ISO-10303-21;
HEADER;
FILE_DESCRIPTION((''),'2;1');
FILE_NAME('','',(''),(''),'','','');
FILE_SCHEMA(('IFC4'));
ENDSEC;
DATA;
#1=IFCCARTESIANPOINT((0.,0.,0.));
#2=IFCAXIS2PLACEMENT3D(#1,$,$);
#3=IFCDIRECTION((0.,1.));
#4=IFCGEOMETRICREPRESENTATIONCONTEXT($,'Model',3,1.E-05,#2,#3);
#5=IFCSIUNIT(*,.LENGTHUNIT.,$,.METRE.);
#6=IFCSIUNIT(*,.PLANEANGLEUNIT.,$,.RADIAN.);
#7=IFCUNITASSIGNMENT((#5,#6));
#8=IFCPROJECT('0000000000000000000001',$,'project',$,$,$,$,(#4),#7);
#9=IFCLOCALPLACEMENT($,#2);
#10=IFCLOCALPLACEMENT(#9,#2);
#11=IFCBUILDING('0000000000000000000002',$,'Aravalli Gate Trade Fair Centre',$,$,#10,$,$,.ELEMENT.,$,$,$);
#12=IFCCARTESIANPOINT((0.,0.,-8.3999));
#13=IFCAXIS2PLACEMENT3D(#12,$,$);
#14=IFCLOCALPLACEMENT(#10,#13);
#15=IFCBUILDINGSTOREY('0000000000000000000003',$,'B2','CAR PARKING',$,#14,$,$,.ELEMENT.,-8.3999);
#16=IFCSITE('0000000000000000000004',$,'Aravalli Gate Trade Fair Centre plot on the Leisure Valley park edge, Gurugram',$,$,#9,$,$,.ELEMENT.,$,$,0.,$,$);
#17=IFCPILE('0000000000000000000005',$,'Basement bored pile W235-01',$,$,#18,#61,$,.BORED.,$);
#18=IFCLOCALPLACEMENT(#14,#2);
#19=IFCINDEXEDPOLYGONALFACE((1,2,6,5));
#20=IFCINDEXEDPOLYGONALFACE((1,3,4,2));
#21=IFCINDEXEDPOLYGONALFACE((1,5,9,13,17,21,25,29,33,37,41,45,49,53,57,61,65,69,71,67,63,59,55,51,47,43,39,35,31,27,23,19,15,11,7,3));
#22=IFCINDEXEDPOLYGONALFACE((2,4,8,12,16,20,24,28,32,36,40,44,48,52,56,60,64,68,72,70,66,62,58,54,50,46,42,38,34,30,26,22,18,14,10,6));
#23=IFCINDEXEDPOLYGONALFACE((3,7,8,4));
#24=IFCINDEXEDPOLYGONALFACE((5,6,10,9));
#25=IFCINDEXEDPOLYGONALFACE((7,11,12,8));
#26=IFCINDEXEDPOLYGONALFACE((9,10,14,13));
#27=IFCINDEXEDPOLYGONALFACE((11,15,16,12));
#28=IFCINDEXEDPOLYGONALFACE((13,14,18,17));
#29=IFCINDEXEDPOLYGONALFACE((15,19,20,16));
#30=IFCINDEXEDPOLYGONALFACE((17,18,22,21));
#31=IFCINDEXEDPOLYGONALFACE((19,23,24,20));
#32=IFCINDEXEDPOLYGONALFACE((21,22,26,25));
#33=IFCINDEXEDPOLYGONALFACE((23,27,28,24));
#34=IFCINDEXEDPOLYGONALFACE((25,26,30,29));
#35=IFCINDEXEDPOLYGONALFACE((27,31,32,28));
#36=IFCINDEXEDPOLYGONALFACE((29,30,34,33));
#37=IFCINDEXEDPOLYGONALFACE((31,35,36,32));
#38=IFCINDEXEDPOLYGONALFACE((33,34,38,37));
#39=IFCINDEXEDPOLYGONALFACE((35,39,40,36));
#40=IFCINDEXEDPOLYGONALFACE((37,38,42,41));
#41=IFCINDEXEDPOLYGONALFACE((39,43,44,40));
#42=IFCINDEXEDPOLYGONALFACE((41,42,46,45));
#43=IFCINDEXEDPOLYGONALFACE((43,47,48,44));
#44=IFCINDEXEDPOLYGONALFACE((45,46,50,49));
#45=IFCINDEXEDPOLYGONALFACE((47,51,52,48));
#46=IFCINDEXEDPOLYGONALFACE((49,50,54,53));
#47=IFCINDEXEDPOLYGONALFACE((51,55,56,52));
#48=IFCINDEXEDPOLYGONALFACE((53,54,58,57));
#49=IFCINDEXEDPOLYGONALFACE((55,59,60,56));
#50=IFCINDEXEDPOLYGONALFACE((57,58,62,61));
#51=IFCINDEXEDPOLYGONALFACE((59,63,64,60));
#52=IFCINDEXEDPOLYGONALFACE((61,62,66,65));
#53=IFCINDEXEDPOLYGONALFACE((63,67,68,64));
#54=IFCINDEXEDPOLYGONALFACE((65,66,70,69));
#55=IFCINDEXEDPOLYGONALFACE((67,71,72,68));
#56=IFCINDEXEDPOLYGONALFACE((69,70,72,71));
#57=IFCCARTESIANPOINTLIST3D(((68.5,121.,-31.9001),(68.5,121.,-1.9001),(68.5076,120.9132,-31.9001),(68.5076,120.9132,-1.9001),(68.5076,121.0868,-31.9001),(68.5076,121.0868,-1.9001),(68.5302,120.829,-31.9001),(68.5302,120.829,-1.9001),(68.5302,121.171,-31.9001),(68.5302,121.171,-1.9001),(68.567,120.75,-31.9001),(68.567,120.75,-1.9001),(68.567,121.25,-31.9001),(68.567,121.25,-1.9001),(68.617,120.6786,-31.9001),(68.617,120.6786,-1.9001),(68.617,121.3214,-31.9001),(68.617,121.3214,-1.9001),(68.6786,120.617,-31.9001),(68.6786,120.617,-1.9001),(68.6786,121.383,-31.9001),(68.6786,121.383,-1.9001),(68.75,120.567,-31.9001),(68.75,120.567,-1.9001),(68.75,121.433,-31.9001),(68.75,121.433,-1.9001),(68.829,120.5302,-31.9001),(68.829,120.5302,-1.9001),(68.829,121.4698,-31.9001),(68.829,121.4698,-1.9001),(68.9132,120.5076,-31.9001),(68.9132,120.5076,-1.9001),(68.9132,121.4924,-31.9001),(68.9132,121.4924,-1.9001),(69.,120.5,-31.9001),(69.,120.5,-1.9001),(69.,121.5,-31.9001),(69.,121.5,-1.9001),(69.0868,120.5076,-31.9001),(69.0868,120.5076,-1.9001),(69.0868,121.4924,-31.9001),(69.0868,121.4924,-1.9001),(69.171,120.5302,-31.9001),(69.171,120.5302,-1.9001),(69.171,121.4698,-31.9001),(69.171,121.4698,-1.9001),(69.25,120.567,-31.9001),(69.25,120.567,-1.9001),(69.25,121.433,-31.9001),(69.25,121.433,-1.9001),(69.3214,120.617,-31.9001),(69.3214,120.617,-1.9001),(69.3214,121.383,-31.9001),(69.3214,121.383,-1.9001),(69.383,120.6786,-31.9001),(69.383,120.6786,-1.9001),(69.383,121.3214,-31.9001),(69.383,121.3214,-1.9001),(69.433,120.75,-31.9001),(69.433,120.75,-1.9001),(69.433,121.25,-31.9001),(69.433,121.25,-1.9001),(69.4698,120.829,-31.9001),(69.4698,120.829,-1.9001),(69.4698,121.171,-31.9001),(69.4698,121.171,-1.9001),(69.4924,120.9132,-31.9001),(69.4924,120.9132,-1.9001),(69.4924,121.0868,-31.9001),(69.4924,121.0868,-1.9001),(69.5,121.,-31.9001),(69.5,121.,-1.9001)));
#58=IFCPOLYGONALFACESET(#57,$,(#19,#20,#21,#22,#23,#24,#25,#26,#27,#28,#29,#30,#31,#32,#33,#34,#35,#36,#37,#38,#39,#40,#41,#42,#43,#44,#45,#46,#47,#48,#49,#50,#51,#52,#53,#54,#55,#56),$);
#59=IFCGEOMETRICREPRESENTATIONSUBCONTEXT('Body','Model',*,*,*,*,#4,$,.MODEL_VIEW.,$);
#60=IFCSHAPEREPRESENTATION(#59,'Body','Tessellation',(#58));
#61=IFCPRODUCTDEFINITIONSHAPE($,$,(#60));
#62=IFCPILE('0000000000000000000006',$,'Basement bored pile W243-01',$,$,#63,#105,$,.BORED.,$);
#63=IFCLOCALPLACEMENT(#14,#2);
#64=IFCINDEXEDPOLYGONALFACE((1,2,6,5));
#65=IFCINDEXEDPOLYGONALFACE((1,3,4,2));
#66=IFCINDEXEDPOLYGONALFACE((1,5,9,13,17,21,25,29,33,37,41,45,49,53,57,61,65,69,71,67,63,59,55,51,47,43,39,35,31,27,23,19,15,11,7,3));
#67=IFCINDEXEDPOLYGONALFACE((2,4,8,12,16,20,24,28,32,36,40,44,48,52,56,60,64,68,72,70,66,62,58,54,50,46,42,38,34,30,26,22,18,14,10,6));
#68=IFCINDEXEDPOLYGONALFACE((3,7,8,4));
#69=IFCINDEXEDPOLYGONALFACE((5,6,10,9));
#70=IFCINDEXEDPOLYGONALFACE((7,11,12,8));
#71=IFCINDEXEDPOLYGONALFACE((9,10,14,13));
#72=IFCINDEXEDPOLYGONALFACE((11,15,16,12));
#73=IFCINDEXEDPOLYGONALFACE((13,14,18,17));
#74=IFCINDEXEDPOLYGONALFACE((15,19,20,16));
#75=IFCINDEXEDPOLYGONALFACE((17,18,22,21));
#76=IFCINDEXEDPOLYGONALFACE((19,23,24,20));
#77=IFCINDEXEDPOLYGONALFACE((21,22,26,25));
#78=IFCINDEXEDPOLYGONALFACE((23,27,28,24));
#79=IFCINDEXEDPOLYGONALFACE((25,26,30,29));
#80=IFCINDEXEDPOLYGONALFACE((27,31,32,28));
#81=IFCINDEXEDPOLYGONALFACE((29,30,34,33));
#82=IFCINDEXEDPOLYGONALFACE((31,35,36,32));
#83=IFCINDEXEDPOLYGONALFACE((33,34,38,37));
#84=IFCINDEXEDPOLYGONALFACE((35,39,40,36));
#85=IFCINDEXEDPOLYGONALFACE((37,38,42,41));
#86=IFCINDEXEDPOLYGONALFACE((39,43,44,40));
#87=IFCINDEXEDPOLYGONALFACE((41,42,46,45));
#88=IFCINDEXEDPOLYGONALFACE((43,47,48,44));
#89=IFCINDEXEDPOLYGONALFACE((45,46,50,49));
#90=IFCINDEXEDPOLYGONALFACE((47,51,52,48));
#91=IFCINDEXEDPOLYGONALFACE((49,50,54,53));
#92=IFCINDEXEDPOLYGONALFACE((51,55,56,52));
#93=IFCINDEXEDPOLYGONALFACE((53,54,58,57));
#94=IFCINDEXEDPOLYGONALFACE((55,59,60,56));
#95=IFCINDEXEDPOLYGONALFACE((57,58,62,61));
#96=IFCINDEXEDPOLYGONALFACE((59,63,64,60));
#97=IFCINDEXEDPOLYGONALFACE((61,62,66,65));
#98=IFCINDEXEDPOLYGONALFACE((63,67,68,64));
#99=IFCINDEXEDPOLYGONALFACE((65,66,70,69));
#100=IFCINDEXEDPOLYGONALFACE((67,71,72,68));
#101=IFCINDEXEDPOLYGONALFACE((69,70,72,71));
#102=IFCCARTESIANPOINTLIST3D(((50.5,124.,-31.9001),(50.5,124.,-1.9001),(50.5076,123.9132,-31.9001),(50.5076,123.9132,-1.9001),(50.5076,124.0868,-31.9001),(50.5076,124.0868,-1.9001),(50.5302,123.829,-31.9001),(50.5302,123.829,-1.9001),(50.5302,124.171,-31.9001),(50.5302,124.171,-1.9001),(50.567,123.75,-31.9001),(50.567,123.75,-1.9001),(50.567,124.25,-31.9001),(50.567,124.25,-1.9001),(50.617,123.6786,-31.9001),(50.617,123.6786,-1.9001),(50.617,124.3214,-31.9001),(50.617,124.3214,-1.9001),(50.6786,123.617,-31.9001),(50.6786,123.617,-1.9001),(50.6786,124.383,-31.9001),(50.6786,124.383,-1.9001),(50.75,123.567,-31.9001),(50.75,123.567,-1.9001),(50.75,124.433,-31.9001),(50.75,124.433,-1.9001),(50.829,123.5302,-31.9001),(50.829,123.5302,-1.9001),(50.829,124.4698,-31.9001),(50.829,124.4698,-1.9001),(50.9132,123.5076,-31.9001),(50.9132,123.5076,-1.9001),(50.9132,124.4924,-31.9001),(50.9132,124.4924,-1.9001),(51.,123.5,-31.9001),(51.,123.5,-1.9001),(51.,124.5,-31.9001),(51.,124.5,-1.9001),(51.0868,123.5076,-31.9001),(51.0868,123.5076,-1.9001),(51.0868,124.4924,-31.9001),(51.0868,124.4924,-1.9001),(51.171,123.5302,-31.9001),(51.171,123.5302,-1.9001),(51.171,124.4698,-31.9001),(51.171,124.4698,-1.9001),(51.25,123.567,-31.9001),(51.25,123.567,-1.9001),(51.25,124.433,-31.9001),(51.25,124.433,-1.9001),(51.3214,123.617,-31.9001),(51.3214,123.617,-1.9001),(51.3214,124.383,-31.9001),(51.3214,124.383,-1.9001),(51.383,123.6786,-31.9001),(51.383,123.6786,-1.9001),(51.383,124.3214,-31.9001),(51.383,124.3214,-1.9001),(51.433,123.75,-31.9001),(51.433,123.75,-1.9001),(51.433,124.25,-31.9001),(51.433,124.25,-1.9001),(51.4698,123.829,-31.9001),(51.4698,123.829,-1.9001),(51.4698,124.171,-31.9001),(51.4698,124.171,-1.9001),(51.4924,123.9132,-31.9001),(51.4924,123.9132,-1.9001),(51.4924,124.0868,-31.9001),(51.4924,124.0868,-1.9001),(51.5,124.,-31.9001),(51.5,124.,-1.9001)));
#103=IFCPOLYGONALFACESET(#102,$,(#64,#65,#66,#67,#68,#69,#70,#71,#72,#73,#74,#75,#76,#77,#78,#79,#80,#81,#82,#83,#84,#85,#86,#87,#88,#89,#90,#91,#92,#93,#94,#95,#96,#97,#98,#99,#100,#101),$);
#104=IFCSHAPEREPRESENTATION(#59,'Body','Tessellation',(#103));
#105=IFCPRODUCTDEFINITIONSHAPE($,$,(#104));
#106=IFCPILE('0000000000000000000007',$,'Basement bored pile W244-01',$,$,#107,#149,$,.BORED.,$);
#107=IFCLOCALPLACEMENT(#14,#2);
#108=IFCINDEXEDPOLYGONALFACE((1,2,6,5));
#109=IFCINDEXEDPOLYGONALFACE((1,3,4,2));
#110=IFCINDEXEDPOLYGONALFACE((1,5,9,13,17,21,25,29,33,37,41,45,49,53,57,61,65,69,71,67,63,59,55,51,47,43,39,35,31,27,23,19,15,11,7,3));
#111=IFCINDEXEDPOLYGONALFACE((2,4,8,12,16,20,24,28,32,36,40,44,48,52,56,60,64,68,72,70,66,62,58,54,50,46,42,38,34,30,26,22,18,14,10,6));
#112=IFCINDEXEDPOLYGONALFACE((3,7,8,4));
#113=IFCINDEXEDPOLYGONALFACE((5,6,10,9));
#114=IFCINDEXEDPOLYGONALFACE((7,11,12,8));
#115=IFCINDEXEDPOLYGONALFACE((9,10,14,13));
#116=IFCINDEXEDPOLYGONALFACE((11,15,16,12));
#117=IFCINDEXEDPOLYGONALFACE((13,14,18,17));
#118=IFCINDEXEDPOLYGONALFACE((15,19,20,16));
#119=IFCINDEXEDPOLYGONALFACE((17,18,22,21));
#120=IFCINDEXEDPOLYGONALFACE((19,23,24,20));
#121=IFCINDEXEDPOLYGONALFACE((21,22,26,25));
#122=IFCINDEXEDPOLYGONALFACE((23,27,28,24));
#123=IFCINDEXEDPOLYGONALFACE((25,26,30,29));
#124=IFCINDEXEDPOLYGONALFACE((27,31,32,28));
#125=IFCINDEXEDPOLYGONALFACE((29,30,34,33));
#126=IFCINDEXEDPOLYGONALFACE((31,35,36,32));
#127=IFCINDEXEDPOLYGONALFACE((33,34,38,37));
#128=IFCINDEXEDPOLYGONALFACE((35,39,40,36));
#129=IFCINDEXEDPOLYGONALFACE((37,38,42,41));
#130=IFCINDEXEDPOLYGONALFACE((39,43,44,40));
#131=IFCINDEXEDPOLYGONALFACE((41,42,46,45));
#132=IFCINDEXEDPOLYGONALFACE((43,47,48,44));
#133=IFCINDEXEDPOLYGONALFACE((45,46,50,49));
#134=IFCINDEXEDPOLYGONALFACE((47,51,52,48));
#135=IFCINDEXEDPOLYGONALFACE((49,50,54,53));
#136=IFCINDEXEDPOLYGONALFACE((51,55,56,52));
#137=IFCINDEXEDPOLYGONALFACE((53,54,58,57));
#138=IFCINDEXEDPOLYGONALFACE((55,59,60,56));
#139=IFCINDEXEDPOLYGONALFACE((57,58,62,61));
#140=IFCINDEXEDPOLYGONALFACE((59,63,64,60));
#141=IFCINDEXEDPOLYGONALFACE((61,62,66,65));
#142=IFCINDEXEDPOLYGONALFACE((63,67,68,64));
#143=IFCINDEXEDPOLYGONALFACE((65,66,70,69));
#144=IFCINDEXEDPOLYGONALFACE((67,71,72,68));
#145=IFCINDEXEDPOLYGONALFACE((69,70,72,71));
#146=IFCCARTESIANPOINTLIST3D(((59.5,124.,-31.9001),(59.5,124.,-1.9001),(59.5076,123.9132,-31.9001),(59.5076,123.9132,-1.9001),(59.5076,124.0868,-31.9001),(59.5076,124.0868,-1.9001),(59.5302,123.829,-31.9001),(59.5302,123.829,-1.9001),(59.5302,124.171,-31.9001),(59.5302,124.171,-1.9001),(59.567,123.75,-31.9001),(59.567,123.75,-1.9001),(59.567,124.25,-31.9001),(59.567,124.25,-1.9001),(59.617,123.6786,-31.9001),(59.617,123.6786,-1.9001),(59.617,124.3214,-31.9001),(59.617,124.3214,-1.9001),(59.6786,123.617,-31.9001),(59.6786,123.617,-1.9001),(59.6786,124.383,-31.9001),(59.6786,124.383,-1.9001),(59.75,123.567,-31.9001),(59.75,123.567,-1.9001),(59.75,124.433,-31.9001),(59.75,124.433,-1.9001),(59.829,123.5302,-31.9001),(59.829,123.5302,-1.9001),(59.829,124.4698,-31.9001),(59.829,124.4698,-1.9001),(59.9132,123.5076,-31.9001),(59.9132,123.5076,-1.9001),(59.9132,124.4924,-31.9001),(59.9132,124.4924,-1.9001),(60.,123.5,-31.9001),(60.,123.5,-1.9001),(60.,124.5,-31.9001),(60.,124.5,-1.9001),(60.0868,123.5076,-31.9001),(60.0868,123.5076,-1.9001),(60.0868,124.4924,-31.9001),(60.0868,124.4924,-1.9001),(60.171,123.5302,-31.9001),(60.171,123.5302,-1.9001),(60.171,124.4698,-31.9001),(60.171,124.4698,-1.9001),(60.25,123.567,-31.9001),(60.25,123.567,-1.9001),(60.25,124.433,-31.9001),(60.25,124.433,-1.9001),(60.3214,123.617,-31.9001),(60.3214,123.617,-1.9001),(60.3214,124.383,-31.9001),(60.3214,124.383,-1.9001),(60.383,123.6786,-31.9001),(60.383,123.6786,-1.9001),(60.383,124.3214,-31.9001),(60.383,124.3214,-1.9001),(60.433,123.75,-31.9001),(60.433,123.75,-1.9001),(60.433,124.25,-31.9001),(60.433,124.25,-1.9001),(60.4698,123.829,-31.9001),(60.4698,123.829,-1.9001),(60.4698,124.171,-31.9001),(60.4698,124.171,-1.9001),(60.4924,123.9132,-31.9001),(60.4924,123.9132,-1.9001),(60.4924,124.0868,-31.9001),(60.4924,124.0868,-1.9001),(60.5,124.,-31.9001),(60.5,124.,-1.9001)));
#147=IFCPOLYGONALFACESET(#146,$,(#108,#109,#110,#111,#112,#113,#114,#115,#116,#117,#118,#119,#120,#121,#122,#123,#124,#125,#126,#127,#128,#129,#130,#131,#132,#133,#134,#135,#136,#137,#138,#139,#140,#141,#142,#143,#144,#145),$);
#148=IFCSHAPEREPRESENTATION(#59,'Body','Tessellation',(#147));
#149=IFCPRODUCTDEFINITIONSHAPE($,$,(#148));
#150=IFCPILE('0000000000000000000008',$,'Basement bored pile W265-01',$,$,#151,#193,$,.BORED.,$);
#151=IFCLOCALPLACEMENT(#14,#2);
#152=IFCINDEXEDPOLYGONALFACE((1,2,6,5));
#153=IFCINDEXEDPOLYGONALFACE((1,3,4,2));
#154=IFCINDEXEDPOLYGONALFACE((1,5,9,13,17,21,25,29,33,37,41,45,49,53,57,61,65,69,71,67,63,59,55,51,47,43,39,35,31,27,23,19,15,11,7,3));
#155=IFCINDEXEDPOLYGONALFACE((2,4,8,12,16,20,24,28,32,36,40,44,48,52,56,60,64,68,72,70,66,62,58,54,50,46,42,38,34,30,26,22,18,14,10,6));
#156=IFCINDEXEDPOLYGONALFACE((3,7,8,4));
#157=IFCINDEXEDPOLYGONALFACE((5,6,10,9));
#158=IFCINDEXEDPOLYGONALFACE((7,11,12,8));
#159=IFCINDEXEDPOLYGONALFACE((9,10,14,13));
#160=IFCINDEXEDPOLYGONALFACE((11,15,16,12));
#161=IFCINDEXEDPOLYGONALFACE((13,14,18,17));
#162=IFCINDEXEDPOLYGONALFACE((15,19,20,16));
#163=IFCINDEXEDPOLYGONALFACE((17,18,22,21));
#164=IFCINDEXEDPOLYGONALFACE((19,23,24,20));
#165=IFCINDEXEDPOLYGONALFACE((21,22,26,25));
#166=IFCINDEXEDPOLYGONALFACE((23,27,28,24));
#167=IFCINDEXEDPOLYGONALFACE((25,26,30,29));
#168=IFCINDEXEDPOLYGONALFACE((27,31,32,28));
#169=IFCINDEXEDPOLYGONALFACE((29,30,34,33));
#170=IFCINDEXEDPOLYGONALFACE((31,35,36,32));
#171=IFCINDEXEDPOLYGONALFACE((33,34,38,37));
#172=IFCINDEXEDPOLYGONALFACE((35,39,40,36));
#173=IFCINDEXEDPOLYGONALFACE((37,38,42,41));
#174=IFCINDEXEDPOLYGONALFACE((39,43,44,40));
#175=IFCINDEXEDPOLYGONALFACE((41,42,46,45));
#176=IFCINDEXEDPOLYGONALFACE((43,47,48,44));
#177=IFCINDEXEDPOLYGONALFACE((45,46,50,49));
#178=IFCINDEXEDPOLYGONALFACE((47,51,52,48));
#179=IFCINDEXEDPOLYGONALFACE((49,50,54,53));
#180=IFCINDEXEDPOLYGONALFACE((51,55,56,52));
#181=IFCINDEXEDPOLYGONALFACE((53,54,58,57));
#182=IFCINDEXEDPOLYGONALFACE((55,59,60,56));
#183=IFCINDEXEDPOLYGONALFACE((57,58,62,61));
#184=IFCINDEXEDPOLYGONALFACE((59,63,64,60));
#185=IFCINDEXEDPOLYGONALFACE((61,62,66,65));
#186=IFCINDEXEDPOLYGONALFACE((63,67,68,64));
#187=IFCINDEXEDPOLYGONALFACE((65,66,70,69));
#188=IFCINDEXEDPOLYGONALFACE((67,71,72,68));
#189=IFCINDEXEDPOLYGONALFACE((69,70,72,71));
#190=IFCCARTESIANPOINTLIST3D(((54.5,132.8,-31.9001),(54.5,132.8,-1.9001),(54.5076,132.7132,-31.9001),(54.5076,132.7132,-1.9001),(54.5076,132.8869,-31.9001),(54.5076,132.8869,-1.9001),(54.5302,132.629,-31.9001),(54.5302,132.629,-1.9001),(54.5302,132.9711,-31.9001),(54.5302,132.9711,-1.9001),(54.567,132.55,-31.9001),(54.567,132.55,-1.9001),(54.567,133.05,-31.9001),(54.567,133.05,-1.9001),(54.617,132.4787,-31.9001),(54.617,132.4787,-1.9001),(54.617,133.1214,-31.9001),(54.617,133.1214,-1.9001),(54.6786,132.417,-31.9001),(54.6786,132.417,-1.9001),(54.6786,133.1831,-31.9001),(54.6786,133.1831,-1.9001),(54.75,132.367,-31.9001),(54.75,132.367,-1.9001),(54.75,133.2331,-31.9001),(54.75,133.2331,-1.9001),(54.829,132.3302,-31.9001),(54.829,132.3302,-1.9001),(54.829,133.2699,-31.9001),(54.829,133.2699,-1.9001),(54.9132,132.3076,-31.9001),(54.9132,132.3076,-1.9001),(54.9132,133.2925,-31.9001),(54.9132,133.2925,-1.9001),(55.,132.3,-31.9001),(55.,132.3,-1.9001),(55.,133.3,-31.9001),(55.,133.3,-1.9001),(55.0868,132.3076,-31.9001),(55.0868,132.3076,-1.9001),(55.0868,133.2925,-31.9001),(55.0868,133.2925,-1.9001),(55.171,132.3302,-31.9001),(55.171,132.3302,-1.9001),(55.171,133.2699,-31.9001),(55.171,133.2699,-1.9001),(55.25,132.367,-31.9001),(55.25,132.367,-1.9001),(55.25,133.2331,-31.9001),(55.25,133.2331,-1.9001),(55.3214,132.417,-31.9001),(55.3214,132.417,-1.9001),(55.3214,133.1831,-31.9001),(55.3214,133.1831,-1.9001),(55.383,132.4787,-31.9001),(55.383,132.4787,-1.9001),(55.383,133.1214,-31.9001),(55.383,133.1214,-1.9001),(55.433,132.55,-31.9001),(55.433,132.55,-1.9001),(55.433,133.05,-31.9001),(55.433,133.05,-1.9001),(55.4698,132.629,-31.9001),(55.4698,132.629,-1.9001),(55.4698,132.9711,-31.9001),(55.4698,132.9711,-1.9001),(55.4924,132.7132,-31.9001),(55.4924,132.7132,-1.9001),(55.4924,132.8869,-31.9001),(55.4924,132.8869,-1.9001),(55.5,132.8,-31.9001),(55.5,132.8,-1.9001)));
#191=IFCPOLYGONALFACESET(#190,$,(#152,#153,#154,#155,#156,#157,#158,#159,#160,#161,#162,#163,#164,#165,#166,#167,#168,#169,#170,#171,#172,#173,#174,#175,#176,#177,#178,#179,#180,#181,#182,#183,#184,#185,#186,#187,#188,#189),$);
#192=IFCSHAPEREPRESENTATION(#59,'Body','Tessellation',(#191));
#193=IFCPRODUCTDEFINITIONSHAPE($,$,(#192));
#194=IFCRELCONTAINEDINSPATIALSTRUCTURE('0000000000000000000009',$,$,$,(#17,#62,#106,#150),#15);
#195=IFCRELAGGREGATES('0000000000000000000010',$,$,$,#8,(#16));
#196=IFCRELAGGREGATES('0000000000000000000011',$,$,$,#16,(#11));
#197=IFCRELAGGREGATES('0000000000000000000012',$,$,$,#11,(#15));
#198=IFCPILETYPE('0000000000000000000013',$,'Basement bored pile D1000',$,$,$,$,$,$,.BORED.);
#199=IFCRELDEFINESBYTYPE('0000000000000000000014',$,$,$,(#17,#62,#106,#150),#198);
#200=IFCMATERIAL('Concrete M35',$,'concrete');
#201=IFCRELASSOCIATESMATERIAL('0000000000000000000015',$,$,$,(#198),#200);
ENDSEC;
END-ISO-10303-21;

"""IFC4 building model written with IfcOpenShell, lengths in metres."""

from ifc_helpers import new_model, si_unit, direction, frame, origin, origin_2d, place, context, subcontext, project, spatial, circle, extrude, material, material_profile, profile_set, type_object, element, save


model = new_model("IFC4")

# Units and contexts
model_context = context("Model", 3, precision=1e-05, world=origin(), true_north=direction((0.0, 1.0)))
body_context = subcontext(model_context, "Body", "Model", "MODEL_VIEW")
ifc_project = project(units=[si_unit("LENGTHUNIT", "METRE"), si_unit("PLANEANGLEUNIT", "RADIAN")], contexts=[model_context])

# Site, building, storey
site_placement = place(None, origin())
site = spatial("IfcSite", under=ifc_project, at=site_placement, Name="Aravalli Gate Trade Fair Centre plot on the Leisure Valley park edge, Gurugram", CompositionType="ELEMENT", RefElevation=0.0)
building_placement = place(site_placement, origin())
building = spatial("IfcBuilding", under=site, at=building_placement, Name="Aravalli Gate Trade Fair Centre", CompositionType="ELEMENT")
storey_placement = place(building_placement, frame((0.0, 0.0, -8.3999)))
storey = spatial("IfcBuildingStorey", under=building, at=storey_placement, Name="B2", Description="CAR PARKING", CompositionType="ELEMENT", Elevation=-8.3999)

# Piles
ifc_material_1 = material(Name="Concrete M35", Category="concrete")
ifc_material_profile_1 = material_profile(ifc_material_1, circle(Radius=0.5, at=origin_2d()), Name="D1000")
ifc_profile_set_1 = profile_set([ifc_material_profile_1], Name="Concrete M35")
pile_type = type_object("IfcPileType", Name="Basement bored pile D1000", PredefinedType="BORED", material=ifc_profile_set_1)
for number, where, z_axis, x_axis, name in (
    (1, (69.0, 121.0, -1.9001), (0.0, 0.0, -1.0), (1.0, 0.0, 0.0), "Basement bored pile W235-01"),
    (2, (51.0, 124.0, -1.9001), (0.0, 0.0, -1.0), (1.0, 0.0, 0.0), "Basement bored pile W243-01"),
    (3, (60.0, 124.0, -1.9001), (0.0, 0.0, -1.0), (1.0, 0.0, 0.0), "Basement bored pile W244-01"),
    (4, (55.0, 132.8, -1.9001), (0.0, 0.0, -1.0), (1.0, 0.0, 0.0), "Basement bored pile W265-01"),
):
    element("IfcPile", number, at=place(storey_placement, frame(where, z_axis=z_axis, x_axis=x_axis)), inside=storey, type_object=pile_type, Name=name, PredefinedType="BORED", context=body_context, shape_type="SweptSolid", body=[
        extrude(circle(Radius=0.5, at=origin_2d()), origin(), (0.0, 0.0, 1.0), 30.0),
    ])

save(model, "model.ifc")
